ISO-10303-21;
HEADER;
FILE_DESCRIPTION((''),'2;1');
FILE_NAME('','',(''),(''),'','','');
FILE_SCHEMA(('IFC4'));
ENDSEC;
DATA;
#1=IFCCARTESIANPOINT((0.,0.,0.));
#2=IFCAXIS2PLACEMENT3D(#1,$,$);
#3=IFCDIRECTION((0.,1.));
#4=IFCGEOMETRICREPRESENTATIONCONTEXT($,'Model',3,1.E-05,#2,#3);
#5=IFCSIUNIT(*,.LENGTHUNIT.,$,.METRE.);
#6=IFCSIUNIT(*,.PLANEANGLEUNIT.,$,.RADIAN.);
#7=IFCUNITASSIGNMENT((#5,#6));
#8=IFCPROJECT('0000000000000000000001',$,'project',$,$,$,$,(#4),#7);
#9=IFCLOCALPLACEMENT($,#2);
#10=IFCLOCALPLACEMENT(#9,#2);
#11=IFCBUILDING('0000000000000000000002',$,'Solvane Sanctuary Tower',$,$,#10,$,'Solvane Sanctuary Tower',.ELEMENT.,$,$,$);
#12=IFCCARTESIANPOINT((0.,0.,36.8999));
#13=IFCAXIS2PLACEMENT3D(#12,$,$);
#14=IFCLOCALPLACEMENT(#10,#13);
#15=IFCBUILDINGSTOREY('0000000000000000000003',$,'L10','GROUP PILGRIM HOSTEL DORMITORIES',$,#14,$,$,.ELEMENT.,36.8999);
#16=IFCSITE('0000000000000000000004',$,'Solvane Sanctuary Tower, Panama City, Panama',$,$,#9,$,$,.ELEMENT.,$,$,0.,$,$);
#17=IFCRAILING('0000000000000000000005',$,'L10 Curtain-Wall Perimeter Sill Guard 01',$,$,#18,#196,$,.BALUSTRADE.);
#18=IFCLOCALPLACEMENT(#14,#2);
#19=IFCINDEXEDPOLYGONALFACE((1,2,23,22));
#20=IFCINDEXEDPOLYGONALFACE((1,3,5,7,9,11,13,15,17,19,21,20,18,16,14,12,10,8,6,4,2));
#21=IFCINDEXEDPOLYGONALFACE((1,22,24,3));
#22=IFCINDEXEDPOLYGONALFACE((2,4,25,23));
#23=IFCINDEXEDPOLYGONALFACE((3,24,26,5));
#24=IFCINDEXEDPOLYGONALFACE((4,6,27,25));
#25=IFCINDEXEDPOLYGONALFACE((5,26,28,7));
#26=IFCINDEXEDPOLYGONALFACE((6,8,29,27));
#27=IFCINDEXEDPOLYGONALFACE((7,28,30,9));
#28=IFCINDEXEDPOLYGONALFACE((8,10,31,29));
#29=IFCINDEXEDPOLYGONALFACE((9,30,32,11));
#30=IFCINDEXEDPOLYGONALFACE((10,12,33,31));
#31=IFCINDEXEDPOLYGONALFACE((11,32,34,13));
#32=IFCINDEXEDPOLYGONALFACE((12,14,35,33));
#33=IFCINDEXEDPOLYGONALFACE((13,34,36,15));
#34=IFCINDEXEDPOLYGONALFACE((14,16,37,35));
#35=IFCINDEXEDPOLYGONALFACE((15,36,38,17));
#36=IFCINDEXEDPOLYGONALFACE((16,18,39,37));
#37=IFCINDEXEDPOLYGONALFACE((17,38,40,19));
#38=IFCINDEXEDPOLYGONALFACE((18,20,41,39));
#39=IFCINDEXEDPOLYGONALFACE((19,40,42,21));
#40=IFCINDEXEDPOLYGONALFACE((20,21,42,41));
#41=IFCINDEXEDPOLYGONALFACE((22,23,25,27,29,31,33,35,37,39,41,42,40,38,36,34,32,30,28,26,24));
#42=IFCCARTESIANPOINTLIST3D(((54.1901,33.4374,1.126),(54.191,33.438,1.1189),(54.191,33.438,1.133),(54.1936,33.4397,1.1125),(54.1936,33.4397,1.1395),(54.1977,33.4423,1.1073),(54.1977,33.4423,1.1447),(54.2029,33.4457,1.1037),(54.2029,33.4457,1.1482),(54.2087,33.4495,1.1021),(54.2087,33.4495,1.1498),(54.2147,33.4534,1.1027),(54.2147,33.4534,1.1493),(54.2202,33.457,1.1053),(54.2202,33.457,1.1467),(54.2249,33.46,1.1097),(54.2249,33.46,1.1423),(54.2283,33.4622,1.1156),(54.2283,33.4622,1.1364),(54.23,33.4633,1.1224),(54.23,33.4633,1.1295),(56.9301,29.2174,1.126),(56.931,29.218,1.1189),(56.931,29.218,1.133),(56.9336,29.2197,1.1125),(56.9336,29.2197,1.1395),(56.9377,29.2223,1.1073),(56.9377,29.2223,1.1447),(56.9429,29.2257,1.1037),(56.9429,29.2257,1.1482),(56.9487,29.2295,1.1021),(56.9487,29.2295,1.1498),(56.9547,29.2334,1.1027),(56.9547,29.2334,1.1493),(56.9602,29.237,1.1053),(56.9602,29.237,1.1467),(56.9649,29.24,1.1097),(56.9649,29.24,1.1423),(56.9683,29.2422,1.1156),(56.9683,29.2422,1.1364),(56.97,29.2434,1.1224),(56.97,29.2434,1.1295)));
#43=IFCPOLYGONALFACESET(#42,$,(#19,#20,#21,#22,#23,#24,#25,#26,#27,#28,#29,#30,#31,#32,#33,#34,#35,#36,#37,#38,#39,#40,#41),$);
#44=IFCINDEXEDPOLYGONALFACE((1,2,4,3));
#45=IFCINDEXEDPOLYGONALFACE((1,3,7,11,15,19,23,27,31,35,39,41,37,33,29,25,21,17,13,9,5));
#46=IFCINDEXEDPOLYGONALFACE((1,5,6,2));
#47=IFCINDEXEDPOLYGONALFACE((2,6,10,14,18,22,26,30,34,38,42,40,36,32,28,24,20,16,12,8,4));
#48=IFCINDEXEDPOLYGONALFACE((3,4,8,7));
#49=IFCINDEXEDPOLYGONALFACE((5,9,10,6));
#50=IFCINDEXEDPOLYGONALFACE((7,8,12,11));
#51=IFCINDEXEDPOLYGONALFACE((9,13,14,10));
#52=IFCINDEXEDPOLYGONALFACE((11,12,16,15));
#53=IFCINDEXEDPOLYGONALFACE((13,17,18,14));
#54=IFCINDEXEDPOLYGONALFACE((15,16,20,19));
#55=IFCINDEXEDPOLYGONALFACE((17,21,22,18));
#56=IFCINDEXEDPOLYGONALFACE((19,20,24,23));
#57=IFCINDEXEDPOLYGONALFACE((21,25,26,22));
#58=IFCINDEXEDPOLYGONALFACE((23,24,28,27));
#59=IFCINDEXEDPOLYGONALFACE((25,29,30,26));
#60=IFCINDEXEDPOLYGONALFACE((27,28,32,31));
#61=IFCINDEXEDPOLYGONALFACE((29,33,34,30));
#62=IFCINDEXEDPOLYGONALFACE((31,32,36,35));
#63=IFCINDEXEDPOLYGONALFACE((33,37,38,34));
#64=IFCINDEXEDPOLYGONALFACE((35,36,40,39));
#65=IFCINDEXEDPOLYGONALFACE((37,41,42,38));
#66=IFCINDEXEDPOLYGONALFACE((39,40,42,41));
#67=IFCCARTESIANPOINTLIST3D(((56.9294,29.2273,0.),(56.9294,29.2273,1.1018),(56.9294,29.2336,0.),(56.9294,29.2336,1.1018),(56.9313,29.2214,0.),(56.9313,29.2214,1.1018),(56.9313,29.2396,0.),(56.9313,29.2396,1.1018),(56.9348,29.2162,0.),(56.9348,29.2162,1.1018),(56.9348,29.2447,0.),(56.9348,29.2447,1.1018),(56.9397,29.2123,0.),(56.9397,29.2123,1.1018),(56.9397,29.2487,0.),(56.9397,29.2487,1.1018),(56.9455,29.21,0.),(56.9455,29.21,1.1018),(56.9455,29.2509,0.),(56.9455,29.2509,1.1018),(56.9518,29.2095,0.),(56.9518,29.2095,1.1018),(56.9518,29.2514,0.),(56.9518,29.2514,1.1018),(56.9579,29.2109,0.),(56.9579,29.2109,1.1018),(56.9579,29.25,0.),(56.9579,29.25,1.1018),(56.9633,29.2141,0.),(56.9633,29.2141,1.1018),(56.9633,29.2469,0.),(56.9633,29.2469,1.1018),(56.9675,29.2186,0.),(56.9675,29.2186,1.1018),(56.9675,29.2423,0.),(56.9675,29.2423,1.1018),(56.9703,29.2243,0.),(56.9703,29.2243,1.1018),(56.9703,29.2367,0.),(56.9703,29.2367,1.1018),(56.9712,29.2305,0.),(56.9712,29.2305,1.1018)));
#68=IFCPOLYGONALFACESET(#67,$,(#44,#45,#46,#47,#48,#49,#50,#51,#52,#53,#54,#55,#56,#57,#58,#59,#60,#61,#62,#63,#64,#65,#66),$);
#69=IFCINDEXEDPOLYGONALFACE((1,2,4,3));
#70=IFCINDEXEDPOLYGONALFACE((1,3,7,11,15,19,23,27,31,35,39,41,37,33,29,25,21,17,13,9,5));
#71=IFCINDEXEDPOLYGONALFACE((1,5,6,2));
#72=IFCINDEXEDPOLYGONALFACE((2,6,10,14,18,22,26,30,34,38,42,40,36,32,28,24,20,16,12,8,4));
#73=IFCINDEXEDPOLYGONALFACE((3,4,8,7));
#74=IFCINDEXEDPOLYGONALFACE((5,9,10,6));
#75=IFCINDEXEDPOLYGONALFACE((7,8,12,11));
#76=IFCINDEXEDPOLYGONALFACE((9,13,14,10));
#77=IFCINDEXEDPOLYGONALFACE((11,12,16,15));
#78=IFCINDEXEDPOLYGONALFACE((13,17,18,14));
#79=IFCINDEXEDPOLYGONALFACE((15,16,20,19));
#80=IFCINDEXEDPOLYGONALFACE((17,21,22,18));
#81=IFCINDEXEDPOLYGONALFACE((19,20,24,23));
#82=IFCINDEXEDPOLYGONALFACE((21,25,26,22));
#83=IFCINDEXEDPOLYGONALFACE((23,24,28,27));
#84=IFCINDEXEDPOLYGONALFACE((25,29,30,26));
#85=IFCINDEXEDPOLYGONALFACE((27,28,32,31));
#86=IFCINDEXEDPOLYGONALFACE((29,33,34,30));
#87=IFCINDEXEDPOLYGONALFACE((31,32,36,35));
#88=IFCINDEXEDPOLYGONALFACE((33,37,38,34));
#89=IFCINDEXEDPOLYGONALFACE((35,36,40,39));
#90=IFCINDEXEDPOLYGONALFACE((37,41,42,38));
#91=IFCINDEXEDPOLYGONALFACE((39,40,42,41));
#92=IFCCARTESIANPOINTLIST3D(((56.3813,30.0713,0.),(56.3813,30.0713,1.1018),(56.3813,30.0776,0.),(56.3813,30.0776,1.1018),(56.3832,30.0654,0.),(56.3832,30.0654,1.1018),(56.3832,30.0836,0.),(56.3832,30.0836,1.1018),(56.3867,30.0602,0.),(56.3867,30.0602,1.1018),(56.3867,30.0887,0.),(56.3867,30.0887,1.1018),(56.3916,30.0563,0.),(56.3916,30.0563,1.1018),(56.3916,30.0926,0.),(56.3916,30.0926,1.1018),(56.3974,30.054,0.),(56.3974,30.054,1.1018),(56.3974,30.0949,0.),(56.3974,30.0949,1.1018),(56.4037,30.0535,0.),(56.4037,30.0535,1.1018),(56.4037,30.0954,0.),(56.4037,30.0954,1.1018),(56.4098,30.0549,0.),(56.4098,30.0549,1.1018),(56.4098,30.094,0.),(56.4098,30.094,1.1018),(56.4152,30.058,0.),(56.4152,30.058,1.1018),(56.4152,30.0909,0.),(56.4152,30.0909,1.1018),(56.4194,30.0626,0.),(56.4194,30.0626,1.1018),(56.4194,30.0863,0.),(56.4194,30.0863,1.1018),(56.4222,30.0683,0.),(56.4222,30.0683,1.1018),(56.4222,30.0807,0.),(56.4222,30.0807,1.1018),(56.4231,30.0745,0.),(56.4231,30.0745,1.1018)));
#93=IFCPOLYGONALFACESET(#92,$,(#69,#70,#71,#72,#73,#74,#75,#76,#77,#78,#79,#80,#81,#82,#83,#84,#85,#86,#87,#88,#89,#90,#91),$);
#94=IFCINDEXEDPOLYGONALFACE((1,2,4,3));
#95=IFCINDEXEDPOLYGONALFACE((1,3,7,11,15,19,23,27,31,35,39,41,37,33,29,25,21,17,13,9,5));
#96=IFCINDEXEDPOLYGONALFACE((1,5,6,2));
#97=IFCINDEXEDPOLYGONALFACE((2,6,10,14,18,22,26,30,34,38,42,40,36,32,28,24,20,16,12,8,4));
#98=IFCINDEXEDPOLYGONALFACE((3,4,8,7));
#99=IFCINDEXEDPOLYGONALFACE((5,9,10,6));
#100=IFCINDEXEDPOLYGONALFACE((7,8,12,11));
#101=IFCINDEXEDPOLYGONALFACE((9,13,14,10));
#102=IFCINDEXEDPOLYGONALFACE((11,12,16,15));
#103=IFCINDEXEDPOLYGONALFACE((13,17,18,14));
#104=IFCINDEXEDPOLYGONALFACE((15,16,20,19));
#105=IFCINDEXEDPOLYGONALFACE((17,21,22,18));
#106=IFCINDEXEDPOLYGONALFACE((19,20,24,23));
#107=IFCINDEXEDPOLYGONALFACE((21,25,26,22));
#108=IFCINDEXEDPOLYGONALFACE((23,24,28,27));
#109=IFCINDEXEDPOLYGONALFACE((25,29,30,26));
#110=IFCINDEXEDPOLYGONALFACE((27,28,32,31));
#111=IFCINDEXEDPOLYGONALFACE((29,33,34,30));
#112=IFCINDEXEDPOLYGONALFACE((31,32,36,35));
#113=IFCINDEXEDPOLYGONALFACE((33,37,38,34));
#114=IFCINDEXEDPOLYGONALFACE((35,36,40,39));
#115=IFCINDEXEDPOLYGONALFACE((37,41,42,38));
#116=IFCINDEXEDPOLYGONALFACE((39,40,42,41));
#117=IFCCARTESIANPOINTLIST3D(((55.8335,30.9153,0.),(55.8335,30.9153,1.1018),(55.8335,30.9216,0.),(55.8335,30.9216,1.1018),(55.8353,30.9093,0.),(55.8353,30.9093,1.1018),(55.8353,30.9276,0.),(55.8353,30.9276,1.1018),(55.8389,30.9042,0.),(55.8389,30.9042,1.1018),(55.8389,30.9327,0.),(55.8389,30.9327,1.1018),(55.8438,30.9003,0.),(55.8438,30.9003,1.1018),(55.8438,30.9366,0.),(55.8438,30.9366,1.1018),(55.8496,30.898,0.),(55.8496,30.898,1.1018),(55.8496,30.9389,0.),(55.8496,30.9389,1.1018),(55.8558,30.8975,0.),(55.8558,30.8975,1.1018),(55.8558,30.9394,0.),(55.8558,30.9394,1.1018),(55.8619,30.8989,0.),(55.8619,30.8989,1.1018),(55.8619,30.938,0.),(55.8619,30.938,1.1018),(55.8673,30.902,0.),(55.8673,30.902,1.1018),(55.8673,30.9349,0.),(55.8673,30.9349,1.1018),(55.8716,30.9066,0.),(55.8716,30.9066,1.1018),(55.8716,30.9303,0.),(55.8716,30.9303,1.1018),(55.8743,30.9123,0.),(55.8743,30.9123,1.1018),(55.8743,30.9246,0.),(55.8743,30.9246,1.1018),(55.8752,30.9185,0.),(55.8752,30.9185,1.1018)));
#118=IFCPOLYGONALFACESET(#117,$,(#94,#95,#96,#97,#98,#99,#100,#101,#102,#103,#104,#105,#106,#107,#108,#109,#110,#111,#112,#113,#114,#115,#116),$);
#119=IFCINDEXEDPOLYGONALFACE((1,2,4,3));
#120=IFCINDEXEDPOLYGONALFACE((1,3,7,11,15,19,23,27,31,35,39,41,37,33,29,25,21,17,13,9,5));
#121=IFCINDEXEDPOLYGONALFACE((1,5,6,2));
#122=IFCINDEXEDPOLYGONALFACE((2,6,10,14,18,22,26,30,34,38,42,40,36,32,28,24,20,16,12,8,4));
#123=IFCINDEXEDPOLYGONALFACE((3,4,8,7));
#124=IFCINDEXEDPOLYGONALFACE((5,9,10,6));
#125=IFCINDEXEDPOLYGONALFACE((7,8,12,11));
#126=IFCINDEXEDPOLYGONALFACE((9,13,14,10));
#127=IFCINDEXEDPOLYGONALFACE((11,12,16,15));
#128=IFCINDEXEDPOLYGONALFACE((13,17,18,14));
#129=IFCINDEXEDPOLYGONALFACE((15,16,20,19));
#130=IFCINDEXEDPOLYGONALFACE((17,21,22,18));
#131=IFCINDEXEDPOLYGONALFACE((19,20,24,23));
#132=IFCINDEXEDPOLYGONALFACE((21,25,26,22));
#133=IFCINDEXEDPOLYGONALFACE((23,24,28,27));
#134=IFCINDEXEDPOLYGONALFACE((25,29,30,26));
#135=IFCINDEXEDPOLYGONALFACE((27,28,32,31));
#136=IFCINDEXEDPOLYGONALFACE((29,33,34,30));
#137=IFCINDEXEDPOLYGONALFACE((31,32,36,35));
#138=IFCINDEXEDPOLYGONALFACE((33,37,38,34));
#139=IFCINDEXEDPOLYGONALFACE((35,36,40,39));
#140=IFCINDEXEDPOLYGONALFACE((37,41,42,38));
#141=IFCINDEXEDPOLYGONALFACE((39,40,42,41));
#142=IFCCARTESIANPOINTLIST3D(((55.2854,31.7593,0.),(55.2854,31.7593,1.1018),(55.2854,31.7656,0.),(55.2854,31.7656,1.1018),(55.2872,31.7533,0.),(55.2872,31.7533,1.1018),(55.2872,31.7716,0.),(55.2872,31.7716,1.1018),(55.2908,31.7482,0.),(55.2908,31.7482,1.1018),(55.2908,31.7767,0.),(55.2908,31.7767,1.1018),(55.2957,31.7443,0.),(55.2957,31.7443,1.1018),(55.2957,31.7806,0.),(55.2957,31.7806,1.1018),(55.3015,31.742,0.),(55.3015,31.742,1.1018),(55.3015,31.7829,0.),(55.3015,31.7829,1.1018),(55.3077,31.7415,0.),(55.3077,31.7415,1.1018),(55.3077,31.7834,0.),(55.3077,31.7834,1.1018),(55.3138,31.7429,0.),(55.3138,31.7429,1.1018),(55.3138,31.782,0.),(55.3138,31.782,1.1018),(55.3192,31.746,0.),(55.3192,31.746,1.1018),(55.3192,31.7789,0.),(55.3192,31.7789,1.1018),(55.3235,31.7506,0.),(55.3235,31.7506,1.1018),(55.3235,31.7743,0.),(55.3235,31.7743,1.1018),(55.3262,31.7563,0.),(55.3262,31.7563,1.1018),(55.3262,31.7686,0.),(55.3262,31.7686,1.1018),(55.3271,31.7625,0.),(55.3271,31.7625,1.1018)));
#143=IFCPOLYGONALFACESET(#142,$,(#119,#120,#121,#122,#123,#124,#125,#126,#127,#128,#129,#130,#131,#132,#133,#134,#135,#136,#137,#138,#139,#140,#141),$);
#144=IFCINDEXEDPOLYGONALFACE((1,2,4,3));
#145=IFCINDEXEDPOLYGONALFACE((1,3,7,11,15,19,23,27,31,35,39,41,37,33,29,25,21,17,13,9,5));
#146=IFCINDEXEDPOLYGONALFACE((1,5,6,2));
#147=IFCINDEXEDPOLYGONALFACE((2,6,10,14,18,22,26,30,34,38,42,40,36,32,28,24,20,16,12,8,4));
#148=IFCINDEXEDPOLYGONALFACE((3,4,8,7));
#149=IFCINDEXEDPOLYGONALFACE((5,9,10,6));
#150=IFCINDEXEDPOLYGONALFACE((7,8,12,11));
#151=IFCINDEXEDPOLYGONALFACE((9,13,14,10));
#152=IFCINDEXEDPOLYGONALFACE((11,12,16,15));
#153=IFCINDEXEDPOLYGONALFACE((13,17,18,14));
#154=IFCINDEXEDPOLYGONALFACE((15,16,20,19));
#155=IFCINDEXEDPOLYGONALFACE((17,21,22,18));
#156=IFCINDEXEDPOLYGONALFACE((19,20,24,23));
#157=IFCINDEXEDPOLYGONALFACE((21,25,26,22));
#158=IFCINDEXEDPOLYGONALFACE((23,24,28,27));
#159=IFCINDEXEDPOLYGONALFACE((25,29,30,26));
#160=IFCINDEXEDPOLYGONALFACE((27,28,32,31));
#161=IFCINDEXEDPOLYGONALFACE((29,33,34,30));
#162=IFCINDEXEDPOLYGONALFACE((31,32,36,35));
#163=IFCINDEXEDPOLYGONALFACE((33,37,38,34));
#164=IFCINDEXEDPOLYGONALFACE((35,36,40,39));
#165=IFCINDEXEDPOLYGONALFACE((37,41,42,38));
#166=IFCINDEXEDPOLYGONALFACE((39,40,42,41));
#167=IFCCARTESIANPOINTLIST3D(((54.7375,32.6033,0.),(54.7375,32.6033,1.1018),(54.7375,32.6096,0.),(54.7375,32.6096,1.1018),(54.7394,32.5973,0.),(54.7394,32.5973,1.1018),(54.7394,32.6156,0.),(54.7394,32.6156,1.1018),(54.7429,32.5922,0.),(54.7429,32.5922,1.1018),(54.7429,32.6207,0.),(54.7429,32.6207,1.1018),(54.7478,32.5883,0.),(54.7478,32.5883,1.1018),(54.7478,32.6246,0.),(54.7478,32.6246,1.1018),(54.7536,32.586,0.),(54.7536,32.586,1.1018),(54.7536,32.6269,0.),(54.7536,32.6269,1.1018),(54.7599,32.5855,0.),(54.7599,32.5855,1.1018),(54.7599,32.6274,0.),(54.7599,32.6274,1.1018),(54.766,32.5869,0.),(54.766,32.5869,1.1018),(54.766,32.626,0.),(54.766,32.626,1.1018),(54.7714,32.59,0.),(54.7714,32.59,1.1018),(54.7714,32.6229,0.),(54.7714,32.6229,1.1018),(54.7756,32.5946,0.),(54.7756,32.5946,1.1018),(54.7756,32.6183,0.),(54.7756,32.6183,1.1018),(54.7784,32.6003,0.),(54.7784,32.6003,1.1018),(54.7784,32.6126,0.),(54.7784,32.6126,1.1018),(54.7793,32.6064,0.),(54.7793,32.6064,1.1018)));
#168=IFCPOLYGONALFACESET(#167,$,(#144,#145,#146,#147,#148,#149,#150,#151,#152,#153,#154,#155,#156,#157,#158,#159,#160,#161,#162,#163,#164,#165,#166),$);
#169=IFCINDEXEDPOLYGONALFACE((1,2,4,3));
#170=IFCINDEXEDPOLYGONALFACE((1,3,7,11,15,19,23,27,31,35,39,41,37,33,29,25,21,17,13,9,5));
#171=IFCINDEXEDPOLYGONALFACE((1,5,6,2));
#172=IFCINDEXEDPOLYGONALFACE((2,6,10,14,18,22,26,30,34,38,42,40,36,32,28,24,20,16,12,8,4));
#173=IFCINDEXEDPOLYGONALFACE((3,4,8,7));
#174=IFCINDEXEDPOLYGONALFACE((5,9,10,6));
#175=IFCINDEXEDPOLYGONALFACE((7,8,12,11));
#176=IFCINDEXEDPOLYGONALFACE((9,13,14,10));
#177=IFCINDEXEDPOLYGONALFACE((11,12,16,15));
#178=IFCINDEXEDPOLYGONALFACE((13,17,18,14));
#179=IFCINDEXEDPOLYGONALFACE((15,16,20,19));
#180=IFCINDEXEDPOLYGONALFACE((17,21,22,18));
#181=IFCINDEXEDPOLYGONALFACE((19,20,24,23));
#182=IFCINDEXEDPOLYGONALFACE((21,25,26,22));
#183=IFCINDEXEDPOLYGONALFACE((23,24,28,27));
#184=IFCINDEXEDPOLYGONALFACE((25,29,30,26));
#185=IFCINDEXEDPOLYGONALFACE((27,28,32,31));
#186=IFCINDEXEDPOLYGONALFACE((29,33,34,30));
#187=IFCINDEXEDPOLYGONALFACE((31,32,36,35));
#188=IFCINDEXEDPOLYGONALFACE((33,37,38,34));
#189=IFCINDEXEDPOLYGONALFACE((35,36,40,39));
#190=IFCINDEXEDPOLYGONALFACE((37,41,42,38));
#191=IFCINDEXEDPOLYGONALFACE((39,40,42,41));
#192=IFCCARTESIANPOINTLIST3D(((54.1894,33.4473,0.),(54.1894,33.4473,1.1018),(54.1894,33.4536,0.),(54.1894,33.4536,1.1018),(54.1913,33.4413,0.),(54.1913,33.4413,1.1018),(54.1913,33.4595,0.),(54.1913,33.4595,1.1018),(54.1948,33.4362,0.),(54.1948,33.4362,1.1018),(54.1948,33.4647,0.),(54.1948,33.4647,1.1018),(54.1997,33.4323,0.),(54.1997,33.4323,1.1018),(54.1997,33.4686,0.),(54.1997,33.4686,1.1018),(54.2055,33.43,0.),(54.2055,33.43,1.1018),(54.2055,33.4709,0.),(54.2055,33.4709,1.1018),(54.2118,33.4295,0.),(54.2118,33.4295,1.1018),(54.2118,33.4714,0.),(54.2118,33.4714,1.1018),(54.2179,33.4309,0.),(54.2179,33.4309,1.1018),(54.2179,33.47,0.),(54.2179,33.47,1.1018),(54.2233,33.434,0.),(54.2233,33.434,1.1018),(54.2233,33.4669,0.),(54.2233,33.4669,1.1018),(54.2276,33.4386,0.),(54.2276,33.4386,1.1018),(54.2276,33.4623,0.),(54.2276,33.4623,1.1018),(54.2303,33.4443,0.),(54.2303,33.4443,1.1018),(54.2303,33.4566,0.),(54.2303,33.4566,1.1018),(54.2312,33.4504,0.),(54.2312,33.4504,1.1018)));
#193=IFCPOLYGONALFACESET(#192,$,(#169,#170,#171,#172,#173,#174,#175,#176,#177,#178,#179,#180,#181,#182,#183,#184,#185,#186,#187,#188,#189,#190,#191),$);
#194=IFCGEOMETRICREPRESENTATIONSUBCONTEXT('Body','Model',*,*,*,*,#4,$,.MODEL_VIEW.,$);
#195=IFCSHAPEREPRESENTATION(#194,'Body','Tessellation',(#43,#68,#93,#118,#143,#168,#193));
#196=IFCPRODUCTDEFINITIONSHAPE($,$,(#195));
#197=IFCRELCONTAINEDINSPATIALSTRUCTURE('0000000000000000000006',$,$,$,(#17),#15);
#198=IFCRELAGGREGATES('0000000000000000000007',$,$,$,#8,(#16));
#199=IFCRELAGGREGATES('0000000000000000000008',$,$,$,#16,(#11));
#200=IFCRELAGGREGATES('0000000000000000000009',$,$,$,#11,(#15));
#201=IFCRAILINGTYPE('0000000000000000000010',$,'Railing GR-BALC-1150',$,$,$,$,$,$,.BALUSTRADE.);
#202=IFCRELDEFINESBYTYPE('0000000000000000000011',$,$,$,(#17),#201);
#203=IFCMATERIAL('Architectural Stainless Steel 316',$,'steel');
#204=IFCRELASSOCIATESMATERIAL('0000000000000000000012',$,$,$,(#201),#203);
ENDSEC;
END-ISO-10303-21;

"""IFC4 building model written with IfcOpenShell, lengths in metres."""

from ifc_helpers import new_model, si_unit, direction, frame, origin, origin_2d, place, context, subcontext, project, spatial, circle, extrude, material, type_object, element, save


model = new_model("IFC4")

# Units and contexts
model_context = context("Model", 3, precision=1e-05, world=origin(), true_north=direction((0.0, 1.0)))
body_context = subcontext(model_context, "Body", "Model", "MODEL_VIEW")
ifc_project = project(units=[si_unit("LENGTHUNIT", "METRE"), si_unit("PLANEANGLEUNIT", "RADIAN")], contexts=[model_context])

# Site, building, storey
site_placement = place(None, origin())
site = spatial("IfcSite", under=ifc_project, at=site_placement, Name="Solvane Sanctuary Tower, Panama City, Panama", CompositionType="ELEMENT", RefElevation=0.0)
building_placement = place(site_placement, origin())
building = spatial("IfcBuilding", under=site, at=building_placement, Name="Solvane Sanctuary Tower", LongName="Solvane Sanctuary Tower", CompositionType="ELEMENT")
storey_placement = place(building_placement, frame((0.0, 0.0, 36.8999)))
storey = spatial("IfcBuildingStorey", under=building, at=storey_placement, Name="L10", Description="GROUP PILGRIM HOSTEL DORMITORIES", CompositionType="ELEMENT", Elevation=36.8999)

# Shared definitions
ifc_material_1 = material(Name="Architectural Stainless Steel 316", Category="steel")

# Railing
railing_type_1 = type_object("IfcRailingType", Name="Railing GR-BALC-1150", PredefinedType="BALUSTRADE", material=ifc_material_1)
railing_1_placement = place(storey_placement, frame((56.9502, 29.2305, 0.0)))
element("IfcRailing", 1, at=railing_1_placement, inside=storey, type_object=railing_type_1, Name="L10 Curtain-Wall Perimeter Sill Guard 01", PredefinedType="BALUSTRADE", context=body_context, shape_type="SweptSolid", body=[
    extrude(circle(Radius=0.0239, at=origin_2d()), frame((0.0, 0.0, 1.126), z_axis=(-0.54457, 0.838715, 0.0), x_axis=(-0.838715, -0.54457, 0.0)), (0.0, 0.0, 1.0), 5.0315),
    extrude(circle(Radius=0.021, at=origin_2d()), origin(), (0.0, 0.0, 1.0), 1.1018),
    extrude(circle(Radius=0.021, at=origin_2d()), frame((-0.5481, 0.844, 0.0)), (0.0, 0.0, 1.0), 1.1018),
    extrude(circle(Radius=0.021, at=origin_2d()), frame((-1.0959, 1.688, 0.0)), (0.0, 0.0, 1.0), 1.1018),
    extrude(circle(Radius=0.021, at=origin_2d()), frame((-1.644, 2.532, 0.0)), (0.0, 0.0, 1.0), 1.1018),
    extrude(circle(Radius=0.021, at=origin_2d()), frame((-2.1919, 3.376, 0.0)), (0.0, 0.0, 1.0), 1.1018),
    extrude(circle(Radius=0.021, at=origin_2d()), frame((-2.74, 4.22, 0.0)), (0.0, 0.0, 1.0), 1.1018),
])

save(model, "model.ifc")
